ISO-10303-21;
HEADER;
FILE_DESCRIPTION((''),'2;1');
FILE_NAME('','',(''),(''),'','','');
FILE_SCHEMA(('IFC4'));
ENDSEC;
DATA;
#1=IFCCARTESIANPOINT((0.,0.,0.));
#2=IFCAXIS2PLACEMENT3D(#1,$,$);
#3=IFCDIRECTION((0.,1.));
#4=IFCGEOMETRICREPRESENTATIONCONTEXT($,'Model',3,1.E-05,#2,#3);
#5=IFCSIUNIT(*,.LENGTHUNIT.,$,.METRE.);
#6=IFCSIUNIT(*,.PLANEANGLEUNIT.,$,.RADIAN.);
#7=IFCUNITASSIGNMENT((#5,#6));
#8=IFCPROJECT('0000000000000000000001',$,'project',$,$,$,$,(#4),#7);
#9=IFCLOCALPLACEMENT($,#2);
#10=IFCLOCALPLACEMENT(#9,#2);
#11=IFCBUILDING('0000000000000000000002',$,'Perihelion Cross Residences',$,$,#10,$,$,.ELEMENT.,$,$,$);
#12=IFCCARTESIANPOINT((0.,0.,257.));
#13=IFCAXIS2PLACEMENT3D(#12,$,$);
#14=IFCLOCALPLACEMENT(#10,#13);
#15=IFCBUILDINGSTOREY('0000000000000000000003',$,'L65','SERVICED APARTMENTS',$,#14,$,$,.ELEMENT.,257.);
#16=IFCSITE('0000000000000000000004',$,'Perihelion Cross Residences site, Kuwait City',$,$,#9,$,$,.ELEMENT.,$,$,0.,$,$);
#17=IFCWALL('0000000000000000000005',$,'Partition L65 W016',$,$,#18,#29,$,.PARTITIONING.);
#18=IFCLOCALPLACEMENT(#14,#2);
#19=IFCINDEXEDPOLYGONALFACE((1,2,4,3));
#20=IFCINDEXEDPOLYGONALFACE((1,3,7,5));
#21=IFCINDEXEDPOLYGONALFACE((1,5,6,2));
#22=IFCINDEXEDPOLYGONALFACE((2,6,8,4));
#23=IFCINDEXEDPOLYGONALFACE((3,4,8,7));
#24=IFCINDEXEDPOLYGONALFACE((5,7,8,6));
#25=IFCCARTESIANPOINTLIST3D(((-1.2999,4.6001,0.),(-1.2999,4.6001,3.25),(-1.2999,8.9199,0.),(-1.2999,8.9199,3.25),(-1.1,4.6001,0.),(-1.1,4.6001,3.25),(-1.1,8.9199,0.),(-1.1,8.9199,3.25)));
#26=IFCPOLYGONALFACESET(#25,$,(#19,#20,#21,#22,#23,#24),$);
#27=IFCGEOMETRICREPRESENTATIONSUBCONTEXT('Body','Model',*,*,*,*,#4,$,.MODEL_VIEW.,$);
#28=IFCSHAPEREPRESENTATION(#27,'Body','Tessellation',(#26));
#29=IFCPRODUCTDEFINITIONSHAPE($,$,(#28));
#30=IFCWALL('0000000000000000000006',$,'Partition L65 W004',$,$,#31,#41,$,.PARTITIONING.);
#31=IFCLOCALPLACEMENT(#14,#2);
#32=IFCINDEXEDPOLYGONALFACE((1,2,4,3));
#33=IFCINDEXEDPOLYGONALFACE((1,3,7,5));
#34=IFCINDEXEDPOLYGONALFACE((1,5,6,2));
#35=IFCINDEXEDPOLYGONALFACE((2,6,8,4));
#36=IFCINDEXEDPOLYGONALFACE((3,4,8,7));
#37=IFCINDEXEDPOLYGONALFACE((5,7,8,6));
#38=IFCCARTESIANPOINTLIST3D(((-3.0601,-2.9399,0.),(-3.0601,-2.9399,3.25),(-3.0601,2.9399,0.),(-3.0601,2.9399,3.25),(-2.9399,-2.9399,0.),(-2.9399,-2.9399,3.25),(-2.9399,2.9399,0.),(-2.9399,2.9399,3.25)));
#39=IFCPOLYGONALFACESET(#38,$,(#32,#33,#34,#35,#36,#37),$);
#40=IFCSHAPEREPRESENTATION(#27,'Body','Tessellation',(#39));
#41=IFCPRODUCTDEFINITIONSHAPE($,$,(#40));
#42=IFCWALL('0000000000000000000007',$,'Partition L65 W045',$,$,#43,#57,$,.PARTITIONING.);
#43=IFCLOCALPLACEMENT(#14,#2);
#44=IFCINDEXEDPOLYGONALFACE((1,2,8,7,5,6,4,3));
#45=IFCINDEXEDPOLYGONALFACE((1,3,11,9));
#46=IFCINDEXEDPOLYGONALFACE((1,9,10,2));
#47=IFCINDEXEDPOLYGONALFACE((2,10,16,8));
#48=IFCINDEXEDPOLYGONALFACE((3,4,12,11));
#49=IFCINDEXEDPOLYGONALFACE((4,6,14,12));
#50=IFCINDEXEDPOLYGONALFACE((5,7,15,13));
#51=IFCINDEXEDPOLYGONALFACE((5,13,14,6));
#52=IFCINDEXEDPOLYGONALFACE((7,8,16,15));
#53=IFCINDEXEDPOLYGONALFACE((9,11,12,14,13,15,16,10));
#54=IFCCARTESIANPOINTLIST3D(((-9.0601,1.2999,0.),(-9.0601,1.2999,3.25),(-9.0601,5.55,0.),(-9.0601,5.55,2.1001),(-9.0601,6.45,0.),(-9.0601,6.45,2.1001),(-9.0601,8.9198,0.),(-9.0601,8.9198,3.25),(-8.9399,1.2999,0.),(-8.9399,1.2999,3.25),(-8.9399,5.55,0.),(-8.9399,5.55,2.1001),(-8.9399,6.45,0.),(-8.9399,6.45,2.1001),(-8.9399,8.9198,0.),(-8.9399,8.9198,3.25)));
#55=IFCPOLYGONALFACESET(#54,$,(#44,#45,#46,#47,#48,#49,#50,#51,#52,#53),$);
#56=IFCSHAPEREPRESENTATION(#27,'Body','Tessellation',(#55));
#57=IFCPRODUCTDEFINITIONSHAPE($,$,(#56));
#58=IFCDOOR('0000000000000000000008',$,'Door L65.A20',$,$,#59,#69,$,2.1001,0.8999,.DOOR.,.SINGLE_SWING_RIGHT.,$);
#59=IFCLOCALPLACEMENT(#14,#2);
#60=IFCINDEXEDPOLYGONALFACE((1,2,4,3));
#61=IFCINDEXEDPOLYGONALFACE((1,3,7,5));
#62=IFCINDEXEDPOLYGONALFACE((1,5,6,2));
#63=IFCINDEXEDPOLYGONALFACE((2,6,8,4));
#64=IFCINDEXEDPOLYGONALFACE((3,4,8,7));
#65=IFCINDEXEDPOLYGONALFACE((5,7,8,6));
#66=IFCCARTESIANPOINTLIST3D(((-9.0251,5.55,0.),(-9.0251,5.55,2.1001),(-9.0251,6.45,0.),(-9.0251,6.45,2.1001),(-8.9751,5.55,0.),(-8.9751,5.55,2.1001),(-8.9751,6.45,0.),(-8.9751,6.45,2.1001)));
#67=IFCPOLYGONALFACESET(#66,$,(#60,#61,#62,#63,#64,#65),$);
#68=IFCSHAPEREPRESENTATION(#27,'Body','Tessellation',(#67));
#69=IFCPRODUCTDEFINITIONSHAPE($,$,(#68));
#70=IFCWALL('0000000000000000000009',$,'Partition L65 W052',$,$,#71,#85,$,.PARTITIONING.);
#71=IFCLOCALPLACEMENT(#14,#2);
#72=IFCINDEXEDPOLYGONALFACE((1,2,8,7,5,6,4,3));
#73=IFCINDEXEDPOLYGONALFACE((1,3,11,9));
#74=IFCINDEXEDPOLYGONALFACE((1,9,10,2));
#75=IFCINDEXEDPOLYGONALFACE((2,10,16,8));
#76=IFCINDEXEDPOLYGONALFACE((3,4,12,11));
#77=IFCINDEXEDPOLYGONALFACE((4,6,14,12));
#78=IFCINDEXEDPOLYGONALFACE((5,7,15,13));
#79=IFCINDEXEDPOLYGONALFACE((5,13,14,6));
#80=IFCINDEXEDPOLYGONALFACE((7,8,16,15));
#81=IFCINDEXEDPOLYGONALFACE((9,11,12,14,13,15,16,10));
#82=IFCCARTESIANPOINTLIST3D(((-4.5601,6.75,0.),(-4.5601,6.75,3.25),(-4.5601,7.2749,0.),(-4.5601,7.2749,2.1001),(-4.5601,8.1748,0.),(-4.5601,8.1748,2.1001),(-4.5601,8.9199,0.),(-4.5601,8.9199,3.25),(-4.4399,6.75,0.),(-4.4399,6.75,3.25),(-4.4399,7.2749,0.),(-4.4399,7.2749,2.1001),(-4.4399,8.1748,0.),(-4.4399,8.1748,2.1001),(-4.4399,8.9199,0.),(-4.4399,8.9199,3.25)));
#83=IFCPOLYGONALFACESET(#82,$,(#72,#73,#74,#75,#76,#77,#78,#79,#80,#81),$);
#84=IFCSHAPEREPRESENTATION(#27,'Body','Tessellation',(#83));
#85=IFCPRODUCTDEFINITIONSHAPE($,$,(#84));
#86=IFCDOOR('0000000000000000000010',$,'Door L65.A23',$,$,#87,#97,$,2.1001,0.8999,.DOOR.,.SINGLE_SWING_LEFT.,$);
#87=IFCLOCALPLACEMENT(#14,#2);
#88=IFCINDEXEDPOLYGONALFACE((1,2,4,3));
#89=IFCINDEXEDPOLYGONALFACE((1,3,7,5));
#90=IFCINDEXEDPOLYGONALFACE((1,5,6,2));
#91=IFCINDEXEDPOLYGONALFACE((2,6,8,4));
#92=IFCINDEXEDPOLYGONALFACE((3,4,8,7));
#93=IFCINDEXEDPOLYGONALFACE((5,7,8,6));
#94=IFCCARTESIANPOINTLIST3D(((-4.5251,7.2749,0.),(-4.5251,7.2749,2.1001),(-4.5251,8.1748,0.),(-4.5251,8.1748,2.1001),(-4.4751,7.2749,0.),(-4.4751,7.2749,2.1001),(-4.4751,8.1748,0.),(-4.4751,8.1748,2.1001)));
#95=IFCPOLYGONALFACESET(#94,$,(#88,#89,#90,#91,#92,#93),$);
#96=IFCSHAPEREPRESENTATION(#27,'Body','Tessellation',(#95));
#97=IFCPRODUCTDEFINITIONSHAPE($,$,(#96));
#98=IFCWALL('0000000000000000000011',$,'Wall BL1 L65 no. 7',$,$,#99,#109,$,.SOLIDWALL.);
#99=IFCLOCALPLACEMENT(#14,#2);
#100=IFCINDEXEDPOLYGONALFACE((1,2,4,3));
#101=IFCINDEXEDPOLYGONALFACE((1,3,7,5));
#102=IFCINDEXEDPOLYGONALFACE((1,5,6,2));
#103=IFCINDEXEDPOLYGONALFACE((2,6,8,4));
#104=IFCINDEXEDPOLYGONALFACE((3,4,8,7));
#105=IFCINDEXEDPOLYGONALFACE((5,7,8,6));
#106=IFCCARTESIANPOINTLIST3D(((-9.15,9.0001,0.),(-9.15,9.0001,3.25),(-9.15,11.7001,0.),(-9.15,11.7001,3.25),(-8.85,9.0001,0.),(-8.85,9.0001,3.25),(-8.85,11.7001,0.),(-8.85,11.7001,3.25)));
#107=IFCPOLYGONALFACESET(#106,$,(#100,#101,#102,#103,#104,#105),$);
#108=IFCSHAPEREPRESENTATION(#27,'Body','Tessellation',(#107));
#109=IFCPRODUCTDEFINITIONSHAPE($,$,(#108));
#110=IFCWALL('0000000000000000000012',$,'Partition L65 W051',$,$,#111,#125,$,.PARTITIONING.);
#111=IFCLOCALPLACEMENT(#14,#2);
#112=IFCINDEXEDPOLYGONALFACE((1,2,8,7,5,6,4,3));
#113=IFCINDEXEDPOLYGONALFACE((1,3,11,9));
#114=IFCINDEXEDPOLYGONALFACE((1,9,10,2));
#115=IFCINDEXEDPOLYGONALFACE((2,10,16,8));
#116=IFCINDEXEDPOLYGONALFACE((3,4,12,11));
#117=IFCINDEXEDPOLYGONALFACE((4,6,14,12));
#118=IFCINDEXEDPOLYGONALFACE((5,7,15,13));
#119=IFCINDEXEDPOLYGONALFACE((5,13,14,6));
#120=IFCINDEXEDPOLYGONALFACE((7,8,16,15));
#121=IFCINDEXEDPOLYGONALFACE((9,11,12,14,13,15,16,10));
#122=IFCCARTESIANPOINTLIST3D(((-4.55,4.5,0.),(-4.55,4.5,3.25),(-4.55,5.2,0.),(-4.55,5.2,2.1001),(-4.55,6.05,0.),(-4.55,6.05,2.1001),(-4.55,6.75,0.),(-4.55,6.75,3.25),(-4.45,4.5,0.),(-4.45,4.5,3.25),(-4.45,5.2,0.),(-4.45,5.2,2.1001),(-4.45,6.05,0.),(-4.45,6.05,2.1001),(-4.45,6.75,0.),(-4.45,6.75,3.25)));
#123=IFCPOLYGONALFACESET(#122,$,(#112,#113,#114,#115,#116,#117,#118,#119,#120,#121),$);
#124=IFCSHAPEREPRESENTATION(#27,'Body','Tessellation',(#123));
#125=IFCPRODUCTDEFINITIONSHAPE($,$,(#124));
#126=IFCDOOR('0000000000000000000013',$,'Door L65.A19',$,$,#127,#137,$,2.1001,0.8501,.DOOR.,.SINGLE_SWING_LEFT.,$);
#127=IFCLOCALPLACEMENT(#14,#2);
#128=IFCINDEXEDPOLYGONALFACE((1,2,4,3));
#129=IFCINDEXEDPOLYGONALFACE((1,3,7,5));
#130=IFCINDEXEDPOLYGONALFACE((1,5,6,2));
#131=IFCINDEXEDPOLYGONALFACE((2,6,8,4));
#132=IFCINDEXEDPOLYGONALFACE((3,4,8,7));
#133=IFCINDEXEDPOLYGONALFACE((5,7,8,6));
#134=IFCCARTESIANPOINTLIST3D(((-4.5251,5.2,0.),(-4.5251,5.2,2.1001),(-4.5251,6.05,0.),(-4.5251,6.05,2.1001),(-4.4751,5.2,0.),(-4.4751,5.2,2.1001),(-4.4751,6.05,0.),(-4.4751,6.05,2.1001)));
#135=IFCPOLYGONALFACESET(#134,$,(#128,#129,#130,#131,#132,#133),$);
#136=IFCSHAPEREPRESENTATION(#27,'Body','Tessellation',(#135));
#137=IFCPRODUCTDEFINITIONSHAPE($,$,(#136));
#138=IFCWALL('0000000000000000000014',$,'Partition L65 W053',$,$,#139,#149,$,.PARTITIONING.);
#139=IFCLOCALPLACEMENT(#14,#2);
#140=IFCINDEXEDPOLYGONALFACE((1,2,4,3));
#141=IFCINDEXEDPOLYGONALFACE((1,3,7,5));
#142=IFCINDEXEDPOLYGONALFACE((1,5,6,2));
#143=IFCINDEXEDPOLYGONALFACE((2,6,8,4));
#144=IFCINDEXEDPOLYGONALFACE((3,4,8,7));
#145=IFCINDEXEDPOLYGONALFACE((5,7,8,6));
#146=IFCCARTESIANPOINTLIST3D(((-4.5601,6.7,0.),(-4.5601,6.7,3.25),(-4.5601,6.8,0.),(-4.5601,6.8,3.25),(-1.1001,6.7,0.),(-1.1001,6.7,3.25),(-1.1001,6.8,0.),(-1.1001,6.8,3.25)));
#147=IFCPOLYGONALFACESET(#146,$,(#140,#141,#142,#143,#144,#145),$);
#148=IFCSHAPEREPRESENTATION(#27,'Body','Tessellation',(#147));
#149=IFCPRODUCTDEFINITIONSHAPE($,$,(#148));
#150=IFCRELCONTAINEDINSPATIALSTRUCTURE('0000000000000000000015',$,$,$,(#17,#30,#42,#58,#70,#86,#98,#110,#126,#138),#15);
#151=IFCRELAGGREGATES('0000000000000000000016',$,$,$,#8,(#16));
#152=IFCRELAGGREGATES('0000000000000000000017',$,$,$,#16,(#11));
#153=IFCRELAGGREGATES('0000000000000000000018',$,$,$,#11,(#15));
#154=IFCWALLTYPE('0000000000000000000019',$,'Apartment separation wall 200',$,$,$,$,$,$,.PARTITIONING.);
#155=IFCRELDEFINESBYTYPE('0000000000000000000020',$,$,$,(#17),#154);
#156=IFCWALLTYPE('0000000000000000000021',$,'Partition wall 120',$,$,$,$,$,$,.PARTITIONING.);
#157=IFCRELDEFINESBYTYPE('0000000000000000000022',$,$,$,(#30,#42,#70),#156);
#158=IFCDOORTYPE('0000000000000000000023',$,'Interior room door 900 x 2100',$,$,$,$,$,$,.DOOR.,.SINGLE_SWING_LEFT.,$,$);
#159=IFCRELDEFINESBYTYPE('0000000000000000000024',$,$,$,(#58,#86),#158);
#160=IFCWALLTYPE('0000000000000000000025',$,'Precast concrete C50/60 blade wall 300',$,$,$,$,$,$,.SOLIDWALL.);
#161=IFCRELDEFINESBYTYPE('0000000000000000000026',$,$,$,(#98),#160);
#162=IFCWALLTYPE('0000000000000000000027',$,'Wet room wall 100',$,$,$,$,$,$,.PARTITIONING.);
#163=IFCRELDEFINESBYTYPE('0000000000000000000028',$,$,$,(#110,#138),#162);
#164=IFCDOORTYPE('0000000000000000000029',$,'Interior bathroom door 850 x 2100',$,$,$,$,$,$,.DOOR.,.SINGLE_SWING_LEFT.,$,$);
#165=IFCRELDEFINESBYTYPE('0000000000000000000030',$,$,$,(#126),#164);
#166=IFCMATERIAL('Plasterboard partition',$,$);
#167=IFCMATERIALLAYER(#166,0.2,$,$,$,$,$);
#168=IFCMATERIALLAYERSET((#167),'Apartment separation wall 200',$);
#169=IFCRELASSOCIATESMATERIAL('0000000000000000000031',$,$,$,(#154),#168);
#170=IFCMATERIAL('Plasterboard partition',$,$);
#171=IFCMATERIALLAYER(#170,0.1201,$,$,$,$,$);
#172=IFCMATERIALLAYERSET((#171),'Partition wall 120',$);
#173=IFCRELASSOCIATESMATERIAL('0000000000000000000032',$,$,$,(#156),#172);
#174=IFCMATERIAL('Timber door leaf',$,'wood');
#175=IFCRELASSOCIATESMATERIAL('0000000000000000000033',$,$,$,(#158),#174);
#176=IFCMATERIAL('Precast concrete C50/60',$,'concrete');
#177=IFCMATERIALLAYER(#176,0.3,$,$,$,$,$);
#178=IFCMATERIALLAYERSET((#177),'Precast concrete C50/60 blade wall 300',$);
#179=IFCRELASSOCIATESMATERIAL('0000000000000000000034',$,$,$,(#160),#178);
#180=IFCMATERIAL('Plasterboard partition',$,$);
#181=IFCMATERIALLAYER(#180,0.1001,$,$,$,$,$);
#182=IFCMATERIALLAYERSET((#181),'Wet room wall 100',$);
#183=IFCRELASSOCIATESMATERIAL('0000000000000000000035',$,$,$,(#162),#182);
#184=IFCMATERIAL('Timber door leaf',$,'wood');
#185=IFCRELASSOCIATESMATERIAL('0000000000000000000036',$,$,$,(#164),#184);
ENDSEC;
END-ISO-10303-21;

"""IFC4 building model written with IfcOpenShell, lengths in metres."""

from ifc_helpers import new_model, si_unit, direction, frame, frame_2d, origin, place, context, subcontext, project, spatial, rectangle, extrude, material, layer, layer_set, type_object, element, fill, save


model = new_model("IFC4")

# Units and contexts
model_context = context("Model", 3, precision=1e-05, world=origin(), true_north=direction((0.0, 1.0)))
body_context = subcontext(model_context, "Body", "Model", "MODEL_VIEW")
ifc_project = project(units=[si_unit("LENGTHUNIT", "METRE"), si_unit("PLANEANGLEUNIT", "RADIAN")], contexts=[model_context])

# Site, building, storey
site_placement = place(None, origin())
site = spatial("IfcSite", under=ifc_project, at=site_placement, Name="Perihelion Cross Residences site, Kuwait City", CompositionType="ELEMENT", RefElevation=0.0)
building_placement = place(site_placement, origin())
building = spatial("IfcBuilding", under=site, at=building_placement, Name="Perihelion Cross Residences", CompositionType="ELEMENT")
storey_placement = place(building_placement, frame((0.0, 0.0, 257.0)))
storey = spatial("IfcBuildingStorey", under=building, at=storey_placement, Name="L65", Description="SERVICED APARTMENTS", CompositionType="ELEMENT", Elevation=257.0)

# Wall
ifc_material_1 = material(Name="Plasterboard partition")
ifc_layer_1 = layer(ifc_material_1, 0.2)
ifc_layer_set_1 = layer_set([ifc_layer_1], Name="Apartment separation wall 200")
wall_type_1 = type_object("IfcWallType", Name="Apartment separation wall 200", PredefinedType="PARTITIONING", material=ifc_layer_set_1)
wall_1_placement = place(storey_placement, frame((-1.2, 4.6001, 0.0), z_axis=(0.0, 0.0, 1.0), x_axis=(0.0, 1.0, 0.0)))
element("IfcWall", 1, at=wall_1_placement, inside=storey, type_object=wall_type_1, Name="Partition L65 W016", PredefinedType="PARTITIONING", context=body_context, shape_type="SweptSolid", body=[
    extrude(rectangle(XDim=4.3198, YDim=0.2, at=frame_2d((2.1599, 0.0))), origin(), (0.0, 0.0, 1.0), 3.25),
])

# Wall
ifc_material_2 = material(Name="Plasterboard partition")
ifc_layer_2 = layer(ifc_material_2, 0.1201)
ifc_layer_set_2 = layer_set([ifc_layer_2], Name="Partition wall 120")
wall_type_2 = type_object("IfcWallType", Name="Partition wall 120", PredefinedType="PARTITIONING", material=ifc_layer_set_2)
wall_2_placement = place(storey_placement, frame((-3.0, 2.9399, 0.0), z_axis=(0.0, 0.0, 1.0), x_axis=(0.0, -1.0, 0.0)))
element("IfcWall", 2, at=wall_2_placement, inside=storey, type_object=wall_type_2, Name="Partition L65 W004", PredefinedType="PARTITIONING", context=body_context, shape_type="SweptSolid", body=[
    extrude(rectangle(XDim=5.8799, YDim=0.1201, at=frame_2d((2.9399, 0.0))), origin(), (0.0, 0.0, 1.0), 3.25),
])

# Walls, openings, doors
wall_3_placement = place(storey_placement, frame((-9.0, 8.9199, 0.0), z_axis=(0.0, 0.0, 1.0), x_axis=(0.0, -1.0, 0.0)))
wall_3 = element("IfcWall", 3, at=wall_3_placement, inside=storey, type_object=wall_type_2, Name="Partition L65 W045", PredefinedType="PARTITIONING", context=body_context, shape_type="SweptSolid", body=[
    extrude(rectangle(XDim=7.6199, YDim=0.1201, at=frame_2d((3.8101, 0.0))), origin(), (0.0, 0.0, 1.0), 3.25),
])
opening_1_placement = place(wall_3_placement, frame((2.47, 0.0, 0.0)))
opening_1 = element("IfcOpeningElement", 4, at=opening_1_placement, cuts=wall_3, PredefinedType="OPENING", context=body_context, shape_type="SweptSolid", body=[
    extrude(rectangle(XDim=0.8999, YDim=2.1001, at=frame_2d((0.45, 1.05))), frame((0.0, 0.0701, 0.0), z_axis=(0.0, -1.0, 0.0), x_axis=(1.0, 0.0, 0.0)), (0.0, 0.0, 1.0), 0.1401),
])
ifc_material_3 = material(Name="Timber door leaf", Category="wood")
door_type_1 = type_object("IfcDoorType", Name="Interior room door 900 x 2100", OperationType="SINGLE_SWING_LEFT", PredefinedType="DOOR", material=ifc_material_3)
door_1_placement = place(opening_1_placement, origin())
door_1 = element("IfcDoor", 5, at=door_1_placement, inside=storey, type_object=door_type_1, Name="Door L65.A20", OperationType="SINGLE_SWING_RIGHT", OverallHeight=2.1001, OverallWidth=0.8999, PredefinedType="DOOR", context=body_context, shape_type="SweptSolid", body=[
    extrude(rectangle(XDim=0.8999, YDim=2.1001, at=frame_2d((0.45, 1.05))), frame((0.0, 0.0249, 0.0), z_axis=(0.0, -1.0, 0.0), x_axis=(1.0, 0.0, 0.0)), (0.0, 0.0, 1.0), 0.05),
])
fill(opening_1, door_1)
wall_4_placement = place(storey_placement, frame((-4.5, 8.9199, 0.0), z_axis=(0.0, 0.0, 1.0), x_axis=(0.0, -1.0, 0.0)))
wall_4 = element("IfcWall", 6, at=wall_4_placement, inside=storey, type_object=wall_type_2, Name="Partition L65 W052", PredefinedType="PARTITIONING", context=body_context, shape_type="SweptSolid", body=[
    extrude(rectangle(XDim=2.1699, YDim=0.1201, at=frame_2d((1.085, 0.0))), origin(), (0.0, 0.0, 1.0), 3.25),
])
opening_2_placement = place(wall_4_placement, frame((0.7451, 0.0, 0.0)))
opening_2 = element("IfcOpeningElement", 7, at=opening_2_placement, cuts=wall_4, PredefinedType="OPENING", context=body_context, shape_type="SweptSolid", body=[
    extrude(rectangle(XDim=0.8999, YDim=2.1001, at=frame_2d((0.45, 1.05))), frame((0.0, 0.0701, 0.0), z_axis=(0.0, -1.0, 0.0), x_axis=(1.0, 0.0, 0.0)), (0.0, 0.0, 1.0), 0.1401),
])
door_2_placement = place(opening_2_placement, origin())
door_2 = element("IfcDoor", 8, at=door_2_placement, inside=storey, type_object=door_type_1, Name="Door L65.A23", OperationType="SINGLE_SWING_LEFT", OverallHeight=2.1001, OverallWidth=0.8999, PredefinedType="DOOR", context=body_context, shape_type="SweptSolid", body=[
    extrude(rectangle(XDim=0.8999, YDim=2.1001, at=frame_2d((0.45, 1.05))), frame((0.0, 0.0249, 0.0), z_axis=(0.0, -1.0, 0.0), x_axis=(1.0, 0.0, 0.0)), (0.0, 0.0, 1.0), 0.05),
])
fill(opening_2, door_2)

# Wall
ifc_material_4 = material(Name="Precast concrete C50/60", Category="concrete")
ifc_layer_3 = layer(ifc_material_4, 0.3)
ifc_layer_set_3 = layer_set([ifc_layer_3], Name="Precast concrete C50/60 blade wall 300")
wall_type_3 = type_object("IfcWallType", Name="Precast concrete C50/60 blade wall 300", PredefinedType="SOLIDWALL", material=ifc_layer_set_3)
wall_5_placement = place(storey_placement, frame((-9.0, 9.0, 0.0), z_axis=(0.0, 0.0, 1.0), x_axis=(0.0, 1.0, 0.0)))
element("IfcWall", 9, at=wall_5_placement, inside=storey, type_object=wall_type_3, Name="Wall BL1 L65 no. 7", PredefinedType="SOLIDWALL", context=body_context, shape_type="SweptSolid", body=[
    extrude(rectangle(XDim=2.7, YDim=0.3, at=frame_2d((1.3501, 0.0))), origin(), (0.0, 0.0, 1.0), 3.25),
])

# Wall, opening, door
ifc_material_5 = material(Name="Plasterboard partition")
ifc_layer_4 = layer(ifc_material_5, 0.1001)
ifc_layer_set_4 = layer_set([ifc_layer_4], Name="Wet room wall 100")
wall_type_4 = type_object("IfcWallType", Name="Wet room wall 100", PredefinedType="PARTITIONING", material=ifc_layer_set_4)
wall_6_placement = place(storey_placement, frame((-4.5, 6.75, 0.0), z_axis=(0.0, 0.0, 1.0), x_axis=(0.0, -1.0, 0.0)))
wall_6 = element("IfcWall", 10, at=wall_6_placement, inside=storey, type_object=wall_type_4, Name="Partition L65 W051", PredefinedType="PARTITIONING", context=body_context, shape_type="SweptSolid", body=[
    extrude(rectangle(XDim=2.25, YDim=0.1001, at=frame_2d((1.125, 0.0))), origin(), (0.0, 0.0, 1.0), 3.25),
])
opening_3_placement = place(wall_6_placement, frame((0.7, 0.0, 0.0)))
opening_3 = element("IfcOpeningElement", 11, at=opening_3_placement, cuts=wall_6, PredefinedType="OPENING", context=body_context, shape_type="SweptSolid", body=[
    extrude(rectangle(XDim=0.8501, YDim=2.1001, at=frame_2d((0.425, 1.05))), frame((0.0, 0.0601, 0.0), z_axis=(0.0, -1.0, 0.0), x_axis=(1.0, 0.0, 0.0)), (0.0, 0.0, 1.0), 0.1201),
])
ifc_material_6 = material(Name="Timber door leaf", Category="wood")
door_type_2 = type_object("IfcDoorType", Name="Interior bathroom door 850 x 2100", OperationType="SINGLE_SWING_LEFT", PredefinedType="DOOR", material=ifc_material_6)
door_3_placement = place(opening_3_placement, origin())
door_3 = element("IfcDoor", 12, at=door_3_placement, inside=storey, type_object=door_type_2, Name="Door L65.A19", OperationType="SINGLE_SWING_LEFT", OverallHeight=2.1001, OverallWidth=0.8501, PredefinedType="DOOR", context=body_context, shape_type="SweptSolid", body=[
    extrude(rectangle(XDim=0.8501, YDim=2.1001, at=frame_2d((0.425, 1.05))), frame((0.0, 0.0249, 0.0), z_axis=(0.0, -1.0, 0.0), x_axis=(1.0, 0.0, 0.0)), (0.0, 0.0, 1.0), 0.05),
])
fill(opening_3, door_3)

# Wall
wall_7_placement = place(storey_placement, frame((-4.5601, 6.75, 0.0), z_axis=(0.0, 0.0, 1.0), x_axis=(1.0, 0.0, 0.0)))
element("IfcWall", 13, at=wall_7_placement, inside=storey, type_object=wall_type_4, Name="Partition L65 W053", PredefinedType="PARTITIONING", context=body_context, shape_type="SweptSolid", body=[
    extrude(rectangle(XDim=3.46, YDim=0.1001, at=frame_2d((1.73, 0.0))), origin(), (0.0, 0.0, 1.0), 3.25),
])

save(model, "model.ifc")
